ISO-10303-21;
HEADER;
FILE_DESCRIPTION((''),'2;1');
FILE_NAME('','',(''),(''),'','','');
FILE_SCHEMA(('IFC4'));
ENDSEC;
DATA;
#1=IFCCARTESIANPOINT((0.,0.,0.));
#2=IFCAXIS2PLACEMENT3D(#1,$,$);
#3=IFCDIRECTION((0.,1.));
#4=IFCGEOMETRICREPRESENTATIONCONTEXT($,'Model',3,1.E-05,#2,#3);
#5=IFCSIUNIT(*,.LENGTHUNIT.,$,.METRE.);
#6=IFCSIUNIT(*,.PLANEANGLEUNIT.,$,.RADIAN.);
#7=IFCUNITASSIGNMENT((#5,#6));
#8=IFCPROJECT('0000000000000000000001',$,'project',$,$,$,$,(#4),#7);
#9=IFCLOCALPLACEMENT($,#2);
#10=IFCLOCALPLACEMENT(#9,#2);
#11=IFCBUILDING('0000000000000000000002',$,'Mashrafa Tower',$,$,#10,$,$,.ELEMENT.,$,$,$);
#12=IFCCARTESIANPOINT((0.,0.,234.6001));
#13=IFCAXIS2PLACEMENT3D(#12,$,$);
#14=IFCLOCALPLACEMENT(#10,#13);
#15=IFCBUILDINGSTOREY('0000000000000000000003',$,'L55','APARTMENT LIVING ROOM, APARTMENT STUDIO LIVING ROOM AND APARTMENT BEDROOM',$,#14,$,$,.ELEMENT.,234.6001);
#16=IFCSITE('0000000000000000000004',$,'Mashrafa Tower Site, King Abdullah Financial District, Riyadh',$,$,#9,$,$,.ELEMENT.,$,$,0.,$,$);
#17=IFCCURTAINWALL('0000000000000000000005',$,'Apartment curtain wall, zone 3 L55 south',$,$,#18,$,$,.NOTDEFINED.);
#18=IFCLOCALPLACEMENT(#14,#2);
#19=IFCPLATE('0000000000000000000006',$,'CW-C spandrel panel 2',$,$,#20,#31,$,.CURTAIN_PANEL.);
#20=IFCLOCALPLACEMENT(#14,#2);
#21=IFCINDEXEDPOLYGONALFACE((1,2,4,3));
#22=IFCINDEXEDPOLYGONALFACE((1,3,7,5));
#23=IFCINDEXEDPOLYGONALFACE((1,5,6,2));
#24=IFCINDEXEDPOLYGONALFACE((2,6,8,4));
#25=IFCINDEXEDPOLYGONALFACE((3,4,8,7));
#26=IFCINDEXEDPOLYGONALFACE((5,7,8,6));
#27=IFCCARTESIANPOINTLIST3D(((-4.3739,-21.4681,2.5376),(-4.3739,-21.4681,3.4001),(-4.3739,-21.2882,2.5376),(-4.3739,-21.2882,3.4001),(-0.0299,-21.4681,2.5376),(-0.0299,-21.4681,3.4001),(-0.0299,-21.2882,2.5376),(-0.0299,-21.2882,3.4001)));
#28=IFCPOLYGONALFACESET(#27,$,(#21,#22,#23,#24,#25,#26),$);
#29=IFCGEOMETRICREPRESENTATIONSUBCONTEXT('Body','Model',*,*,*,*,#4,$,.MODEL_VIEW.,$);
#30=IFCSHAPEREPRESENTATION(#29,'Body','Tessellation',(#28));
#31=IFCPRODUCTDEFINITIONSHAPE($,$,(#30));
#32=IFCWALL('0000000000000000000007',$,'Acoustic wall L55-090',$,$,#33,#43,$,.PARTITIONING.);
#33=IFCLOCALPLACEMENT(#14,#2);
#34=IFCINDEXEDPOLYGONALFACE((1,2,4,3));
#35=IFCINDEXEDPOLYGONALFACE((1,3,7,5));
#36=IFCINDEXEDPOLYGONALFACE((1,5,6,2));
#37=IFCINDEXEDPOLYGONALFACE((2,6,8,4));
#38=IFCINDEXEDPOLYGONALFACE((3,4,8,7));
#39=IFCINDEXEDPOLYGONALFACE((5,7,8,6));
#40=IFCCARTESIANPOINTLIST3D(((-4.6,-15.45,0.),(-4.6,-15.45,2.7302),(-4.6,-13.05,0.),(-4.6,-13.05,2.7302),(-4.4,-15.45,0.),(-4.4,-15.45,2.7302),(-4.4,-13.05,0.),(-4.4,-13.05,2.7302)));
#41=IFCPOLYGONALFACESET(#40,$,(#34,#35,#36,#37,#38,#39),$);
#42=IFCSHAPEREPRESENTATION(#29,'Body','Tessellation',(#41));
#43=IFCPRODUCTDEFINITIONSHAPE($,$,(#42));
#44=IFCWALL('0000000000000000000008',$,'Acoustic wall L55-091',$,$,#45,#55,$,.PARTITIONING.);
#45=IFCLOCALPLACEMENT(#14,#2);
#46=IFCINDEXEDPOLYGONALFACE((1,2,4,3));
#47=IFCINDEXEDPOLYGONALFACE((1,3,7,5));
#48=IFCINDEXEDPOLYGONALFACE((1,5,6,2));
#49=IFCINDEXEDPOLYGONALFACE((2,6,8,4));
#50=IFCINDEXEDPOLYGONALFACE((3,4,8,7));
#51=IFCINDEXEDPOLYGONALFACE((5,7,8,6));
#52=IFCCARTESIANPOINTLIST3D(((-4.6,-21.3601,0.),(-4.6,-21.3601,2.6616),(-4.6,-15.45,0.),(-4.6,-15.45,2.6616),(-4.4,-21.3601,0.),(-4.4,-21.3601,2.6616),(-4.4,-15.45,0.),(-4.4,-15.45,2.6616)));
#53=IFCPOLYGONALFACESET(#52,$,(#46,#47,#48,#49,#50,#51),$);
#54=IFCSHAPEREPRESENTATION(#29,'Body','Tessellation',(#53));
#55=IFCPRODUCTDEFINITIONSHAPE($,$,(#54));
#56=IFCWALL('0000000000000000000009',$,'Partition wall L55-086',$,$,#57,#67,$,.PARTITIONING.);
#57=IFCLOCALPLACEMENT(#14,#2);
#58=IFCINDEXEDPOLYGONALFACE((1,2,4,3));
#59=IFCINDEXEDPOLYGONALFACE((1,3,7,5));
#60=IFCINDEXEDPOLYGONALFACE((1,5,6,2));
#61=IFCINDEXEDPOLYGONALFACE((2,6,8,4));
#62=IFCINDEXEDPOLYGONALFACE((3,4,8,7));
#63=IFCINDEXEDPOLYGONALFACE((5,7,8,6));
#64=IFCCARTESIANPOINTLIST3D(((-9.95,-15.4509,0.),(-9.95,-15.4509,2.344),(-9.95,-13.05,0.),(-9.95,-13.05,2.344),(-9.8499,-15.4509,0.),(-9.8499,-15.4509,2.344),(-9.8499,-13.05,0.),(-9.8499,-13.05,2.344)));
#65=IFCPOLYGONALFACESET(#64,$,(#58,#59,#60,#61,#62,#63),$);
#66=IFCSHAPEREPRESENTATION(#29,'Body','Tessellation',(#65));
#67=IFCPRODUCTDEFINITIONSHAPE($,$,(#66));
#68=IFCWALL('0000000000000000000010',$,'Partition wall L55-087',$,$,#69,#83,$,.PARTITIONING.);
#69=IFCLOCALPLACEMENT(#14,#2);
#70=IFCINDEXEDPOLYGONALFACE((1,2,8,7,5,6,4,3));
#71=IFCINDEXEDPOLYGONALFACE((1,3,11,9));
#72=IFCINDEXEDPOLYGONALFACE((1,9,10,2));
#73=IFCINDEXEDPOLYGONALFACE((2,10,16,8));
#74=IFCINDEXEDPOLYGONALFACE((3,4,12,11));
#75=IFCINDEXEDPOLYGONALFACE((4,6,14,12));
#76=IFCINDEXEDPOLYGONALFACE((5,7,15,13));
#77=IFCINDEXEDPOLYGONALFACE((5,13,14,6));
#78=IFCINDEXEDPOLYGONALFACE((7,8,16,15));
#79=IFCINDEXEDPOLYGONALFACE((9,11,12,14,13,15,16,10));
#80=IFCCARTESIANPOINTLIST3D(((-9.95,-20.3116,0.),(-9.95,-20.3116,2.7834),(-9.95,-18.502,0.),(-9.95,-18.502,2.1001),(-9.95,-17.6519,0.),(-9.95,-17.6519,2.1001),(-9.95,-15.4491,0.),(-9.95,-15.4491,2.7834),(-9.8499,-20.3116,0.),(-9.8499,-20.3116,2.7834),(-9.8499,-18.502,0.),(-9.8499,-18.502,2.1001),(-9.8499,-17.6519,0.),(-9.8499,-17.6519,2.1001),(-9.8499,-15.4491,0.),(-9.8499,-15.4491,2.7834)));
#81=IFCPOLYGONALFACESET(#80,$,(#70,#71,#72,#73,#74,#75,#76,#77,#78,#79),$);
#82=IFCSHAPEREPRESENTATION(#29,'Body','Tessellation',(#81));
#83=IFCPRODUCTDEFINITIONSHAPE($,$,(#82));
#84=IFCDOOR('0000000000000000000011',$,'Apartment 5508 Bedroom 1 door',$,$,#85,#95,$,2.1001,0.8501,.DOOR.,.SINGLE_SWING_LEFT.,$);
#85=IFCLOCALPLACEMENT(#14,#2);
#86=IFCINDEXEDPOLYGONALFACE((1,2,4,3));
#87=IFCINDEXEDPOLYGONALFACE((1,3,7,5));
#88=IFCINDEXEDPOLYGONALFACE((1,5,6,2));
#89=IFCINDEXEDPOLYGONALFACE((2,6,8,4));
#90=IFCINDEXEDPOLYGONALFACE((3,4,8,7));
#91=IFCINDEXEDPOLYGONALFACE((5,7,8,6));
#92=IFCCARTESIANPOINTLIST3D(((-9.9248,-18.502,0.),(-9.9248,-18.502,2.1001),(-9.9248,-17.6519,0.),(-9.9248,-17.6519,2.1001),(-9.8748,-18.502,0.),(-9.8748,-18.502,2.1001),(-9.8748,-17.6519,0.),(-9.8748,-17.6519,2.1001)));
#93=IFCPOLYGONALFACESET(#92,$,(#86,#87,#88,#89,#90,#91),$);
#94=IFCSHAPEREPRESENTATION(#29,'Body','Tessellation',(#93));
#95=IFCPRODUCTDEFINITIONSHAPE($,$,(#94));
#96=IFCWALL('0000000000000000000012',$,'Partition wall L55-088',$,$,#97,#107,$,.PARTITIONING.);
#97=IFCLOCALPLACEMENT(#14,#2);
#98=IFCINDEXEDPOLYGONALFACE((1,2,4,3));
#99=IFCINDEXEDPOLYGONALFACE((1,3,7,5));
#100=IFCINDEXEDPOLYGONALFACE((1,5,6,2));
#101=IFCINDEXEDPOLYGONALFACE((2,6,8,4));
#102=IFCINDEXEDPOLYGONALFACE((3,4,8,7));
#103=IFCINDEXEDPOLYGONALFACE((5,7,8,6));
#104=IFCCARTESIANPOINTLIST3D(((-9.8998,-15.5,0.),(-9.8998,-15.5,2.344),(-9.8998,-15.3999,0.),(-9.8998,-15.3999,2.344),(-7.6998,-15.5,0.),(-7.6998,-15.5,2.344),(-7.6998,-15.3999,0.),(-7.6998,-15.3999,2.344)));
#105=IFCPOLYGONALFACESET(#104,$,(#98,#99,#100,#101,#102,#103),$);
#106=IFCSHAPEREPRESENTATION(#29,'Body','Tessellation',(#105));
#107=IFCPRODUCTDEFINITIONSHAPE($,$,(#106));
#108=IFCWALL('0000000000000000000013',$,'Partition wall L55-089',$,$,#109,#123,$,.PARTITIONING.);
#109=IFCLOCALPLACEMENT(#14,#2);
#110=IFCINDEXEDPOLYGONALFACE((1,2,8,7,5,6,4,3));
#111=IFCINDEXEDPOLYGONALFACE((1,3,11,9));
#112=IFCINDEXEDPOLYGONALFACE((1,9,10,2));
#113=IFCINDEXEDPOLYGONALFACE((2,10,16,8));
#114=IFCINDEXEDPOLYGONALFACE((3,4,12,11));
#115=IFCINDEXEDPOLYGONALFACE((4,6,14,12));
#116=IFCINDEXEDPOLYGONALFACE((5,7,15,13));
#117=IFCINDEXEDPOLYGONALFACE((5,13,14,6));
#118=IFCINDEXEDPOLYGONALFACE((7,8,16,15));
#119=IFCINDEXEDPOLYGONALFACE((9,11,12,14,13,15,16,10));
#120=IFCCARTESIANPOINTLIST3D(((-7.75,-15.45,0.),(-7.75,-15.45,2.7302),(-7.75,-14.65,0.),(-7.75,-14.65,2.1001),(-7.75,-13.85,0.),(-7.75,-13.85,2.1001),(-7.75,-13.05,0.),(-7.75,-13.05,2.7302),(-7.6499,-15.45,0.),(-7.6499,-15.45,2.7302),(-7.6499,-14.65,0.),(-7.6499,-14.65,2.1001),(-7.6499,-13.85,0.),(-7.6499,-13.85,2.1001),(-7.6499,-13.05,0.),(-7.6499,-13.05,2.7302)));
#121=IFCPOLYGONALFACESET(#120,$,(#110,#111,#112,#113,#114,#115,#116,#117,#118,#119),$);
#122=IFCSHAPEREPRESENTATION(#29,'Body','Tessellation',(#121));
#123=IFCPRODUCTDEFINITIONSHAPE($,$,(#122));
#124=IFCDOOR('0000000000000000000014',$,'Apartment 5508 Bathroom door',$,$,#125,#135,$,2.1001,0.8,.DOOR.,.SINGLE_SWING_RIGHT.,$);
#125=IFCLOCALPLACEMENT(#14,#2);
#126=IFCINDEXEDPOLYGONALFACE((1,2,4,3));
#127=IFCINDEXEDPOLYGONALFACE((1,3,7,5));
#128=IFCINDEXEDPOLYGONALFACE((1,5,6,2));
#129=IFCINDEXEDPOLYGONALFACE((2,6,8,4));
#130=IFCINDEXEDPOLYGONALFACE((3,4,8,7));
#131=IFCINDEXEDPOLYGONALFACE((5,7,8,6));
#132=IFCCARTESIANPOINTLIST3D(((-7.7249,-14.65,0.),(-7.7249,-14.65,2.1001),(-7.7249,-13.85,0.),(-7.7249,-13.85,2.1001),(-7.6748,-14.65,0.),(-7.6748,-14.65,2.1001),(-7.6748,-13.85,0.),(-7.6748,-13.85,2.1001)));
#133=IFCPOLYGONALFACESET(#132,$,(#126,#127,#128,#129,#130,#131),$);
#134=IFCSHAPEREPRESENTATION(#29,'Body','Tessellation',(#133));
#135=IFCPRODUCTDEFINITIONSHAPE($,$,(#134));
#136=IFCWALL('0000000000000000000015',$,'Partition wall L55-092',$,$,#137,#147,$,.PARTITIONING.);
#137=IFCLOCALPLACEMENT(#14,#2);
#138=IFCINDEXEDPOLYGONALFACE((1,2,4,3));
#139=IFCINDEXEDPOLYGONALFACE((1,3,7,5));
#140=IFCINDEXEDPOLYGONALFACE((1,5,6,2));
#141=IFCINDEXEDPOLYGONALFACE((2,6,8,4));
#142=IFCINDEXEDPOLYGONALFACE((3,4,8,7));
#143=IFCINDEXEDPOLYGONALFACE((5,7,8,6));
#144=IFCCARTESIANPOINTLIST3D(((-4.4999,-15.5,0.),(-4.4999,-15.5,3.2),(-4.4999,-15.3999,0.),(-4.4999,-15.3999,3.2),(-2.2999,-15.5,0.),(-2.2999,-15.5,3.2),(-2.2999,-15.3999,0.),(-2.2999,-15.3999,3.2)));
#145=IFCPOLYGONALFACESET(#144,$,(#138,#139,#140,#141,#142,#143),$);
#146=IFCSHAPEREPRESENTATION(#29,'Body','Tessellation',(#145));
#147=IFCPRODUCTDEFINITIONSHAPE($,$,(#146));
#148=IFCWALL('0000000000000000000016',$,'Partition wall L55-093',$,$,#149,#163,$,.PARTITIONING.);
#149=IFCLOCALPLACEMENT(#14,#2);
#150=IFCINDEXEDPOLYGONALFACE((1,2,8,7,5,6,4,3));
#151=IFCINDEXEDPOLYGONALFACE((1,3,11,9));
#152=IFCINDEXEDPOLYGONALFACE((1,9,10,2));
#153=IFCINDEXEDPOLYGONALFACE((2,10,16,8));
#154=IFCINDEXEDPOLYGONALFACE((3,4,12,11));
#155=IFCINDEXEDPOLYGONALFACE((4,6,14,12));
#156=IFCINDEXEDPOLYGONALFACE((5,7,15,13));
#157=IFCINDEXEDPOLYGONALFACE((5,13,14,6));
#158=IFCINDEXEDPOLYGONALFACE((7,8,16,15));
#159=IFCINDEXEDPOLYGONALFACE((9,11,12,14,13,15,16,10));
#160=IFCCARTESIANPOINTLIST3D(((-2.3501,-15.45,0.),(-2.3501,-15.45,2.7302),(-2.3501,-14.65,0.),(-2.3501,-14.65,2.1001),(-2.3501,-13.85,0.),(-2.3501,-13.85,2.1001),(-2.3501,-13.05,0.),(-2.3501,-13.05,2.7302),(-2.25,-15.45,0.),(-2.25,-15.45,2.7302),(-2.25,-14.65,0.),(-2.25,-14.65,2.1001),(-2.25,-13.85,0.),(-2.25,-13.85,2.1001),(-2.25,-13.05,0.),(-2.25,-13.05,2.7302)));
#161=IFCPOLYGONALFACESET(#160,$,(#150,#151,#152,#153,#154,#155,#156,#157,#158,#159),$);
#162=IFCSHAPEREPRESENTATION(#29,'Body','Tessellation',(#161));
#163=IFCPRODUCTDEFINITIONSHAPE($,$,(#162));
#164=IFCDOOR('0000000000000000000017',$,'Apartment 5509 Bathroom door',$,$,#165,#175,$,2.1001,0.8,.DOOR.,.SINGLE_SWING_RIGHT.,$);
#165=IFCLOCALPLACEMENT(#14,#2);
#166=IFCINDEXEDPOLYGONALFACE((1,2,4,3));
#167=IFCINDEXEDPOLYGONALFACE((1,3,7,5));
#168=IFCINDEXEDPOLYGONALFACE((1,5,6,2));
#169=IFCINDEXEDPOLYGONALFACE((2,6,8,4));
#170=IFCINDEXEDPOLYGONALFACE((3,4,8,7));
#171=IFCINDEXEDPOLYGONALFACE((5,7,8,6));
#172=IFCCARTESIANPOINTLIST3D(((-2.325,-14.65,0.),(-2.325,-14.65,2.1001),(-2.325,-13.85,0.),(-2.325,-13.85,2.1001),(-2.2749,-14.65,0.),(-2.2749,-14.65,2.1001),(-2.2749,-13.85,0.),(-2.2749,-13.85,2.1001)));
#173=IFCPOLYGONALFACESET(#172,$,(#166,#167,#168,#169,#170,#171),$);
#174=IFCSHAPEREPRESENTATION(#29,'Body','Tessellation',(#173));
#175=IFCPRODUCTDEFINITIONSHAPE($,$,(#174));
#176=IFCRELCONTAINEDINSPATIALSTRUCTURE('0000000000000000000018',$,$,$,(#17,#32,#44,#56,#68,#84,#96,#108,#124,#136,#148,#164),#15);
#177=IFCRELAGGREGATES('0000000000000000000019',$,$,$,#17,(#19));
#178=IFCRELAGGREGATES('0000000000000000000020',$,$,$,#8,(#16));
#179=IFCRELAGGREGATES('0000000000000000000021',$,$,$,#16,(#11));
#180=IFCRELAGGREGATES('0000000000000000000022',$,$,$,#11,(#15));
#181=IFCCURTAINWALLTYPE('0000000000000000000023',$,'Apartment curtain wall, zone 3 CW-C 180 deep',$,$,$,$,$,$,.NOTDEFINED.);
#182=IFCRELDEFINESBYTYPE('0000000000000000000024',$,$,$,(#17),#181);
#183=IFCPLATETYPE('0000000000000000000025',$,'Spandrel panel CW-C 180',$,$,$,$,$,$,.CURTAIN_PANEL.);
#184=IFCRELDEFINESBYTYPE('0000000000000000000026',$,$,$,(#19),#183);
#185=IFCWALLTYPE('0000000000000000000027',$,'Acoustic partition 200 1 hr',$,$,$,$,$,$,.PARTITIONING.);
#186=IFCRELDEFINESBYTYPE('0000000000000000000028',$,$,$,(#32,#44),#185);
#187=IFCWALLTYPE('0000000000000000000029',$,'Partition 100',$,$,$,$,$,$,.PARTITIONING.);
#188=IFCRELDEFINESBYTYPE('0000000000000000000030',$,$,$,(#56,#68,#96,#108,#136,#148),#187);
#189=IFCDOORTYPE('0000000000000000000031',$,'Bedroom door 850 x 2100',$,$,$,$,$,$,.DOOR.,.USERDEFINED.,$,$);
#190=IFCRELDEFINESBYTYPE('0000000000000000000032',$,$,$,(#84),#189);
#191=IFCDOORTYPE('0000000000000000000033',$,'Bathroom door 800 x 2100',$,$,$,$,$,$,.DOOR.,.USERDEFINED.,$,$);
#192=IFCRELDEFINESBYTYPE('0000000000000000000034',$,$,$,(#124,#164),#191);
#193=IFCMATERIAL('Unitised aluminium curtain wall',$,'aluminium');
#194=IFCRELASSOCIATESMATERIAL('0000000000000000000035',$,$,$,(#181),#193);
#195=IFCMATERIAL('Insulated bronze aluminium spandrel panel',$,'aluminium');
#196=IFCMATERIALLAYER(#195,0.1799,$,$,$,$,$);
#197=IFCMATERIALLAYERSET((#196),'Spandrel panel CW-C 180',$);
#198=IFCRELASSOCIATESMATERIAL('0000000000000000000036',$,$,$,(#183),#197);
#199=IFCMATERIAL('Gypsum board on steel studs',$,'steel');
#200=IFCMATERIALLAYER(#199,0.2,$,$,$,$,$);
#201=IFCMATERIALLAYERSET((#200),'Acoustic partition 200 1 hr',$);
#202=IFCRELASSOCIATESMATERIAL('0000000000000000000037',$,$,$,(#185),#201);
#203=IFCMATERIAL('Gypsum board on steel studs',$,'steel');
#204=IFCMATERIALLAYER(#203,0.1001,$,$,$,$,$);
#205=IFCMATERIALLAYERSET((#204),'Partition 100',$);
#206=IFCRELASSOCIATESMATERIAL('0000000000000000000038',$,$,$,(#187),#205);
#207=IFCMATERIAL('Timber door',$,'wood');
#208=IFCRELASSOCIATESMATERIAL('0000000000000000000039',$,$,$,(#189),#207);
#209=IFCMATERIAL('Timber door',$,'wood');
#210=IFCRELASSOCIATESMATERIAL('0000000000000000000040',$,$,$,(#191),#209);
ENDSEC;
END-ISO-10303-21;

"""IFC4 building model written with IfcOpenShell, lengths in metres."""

from ifc_helpers import new_model, si_unit, direction, frame, frame_2d, origin, origin_2d, place, context, subcontext, project, spatial, rectangle, extrude, source, transform, mapped, material, layer, layer_set, type_object, element, fill, aggregate, save


model = new_model("IFC4")

# Units and contexts
model_context = context("Model", 3, precision=1e-05, world=origin(), true_north=direction((0.0, 1.0)))
body_context = subcontext(model_context, "Body", "Model", "MODEL_VIEW")
ifc_project = project(units=[si_unit("LENGTHUNIT", "METRE"), si_unit("PLANEANGLEUNIT", "RADIAN")], contexts=[model_context])

# Site, building, storey
site_placement = place(None, origin())
site = spatial("IfcSite", under=ifc_project, at=site_placement, Name="Mashrafa Tower Site, King Abdullah Financial District, Riyadh", CompositionType="ELEMENT", RefElevation=0.0)
building_placement = place(site_placement, origin())
building = spatial("IfcBuilding", under=site, at=building_placement, Name="Mashrafa Tower", CompositionType="ELEMENT")
storey_placement = place(building_placement, frame((0.0, 0.0, 234.6001)))
storey = spatial("IfcBuildingStorey", under=building, at=storey_placement, Name="L55", Description="APARTMENT LIVING ROOM, APARTMENT STUDIO LIVING ROOM AND APARTMENT BEDROOM", CompositionType="ELEMENT", Elevation=234.6001)

# Shared definitions
ifc_material_1 = material(Name="Unitised aluminium curtain wall", Category="aluminium")
curtain_wall_type = type_object("IfcCurtainWallType", Name="Apartment curtain wall, zone 3 CW-C 180 deep", PredefinedType="NOTDEFINED", material=ifc_material_1)

# Curtain wall
curtain_wall_1_placement = place(storey_placement, origin())
curtain_wall_1 = element("IfcCurtainWall", 1, at=curtain_wall_1_placement, inside=storey, type_object=curtain_wall_type, Name="Apartment curtain wall, zone 3 L55 south", PredefinedType="NOTDEFINED")

# Plate
ifc_material_2 = material(Name="Insulated bronze aluminium spandrel panel", Category="aluminium")
ifc_layer_1 = layer(ifc_material_2, 0.1799)
ifc_layer_set_1 = layer_set([ifc_layer_1], Name="Spandrel panel CW-C 180")
plate_type_1 = type_object("IfcPlateType", Name="Spandrel panel CW-C 180", PredefinedType="CURTAIN_PANEL", material=ifc_layer_set_1)
shared_shape_1 = source(origin(), body_context, "Body", "SweptSolid", [
    extrude(rectangle(XDim=4.344, YDim=0.1799, at=origin_2d()), origin(), (0.0, 0.0, 1.0), 0.8625),
])
plate_1_placement = place(storey_placement, frame((-2.2019, -21.3782, 2.5376), z_axis=(0.0, 0.0, 1.0), x_axis=(1.0, 0.0, 0.0)))
plate_1 = element("IfcPlate", 2, at=plate_1_placement, type_object=plate_type_1, Name="CW-C spandrel panel 2", PredefinedType="CURTAIN_PANEL", context=body_context, shape_type="MappedRepresentation", body=[
    mapped(shared_shape_1, transform((0.0, 0.0, 0.0))),
])
aggregate(curtain_wall_1, [plate_1])

# Walls
ifc_material_3 = material(Name="Gypsum board on steel studs", Category="steel")
ifc_layer_2 = layer(ifc_material_3, 0.2)
ifc_layer_set_2 = layer_set([ifc_layer_2], Name="Acoustic partition 200 1 hr")
wall_type_1 = type_object("IfcWallType", Name="Acoustic partition 200 1 hr", PredefinedType="PARTITIONING", material=ifc_layer_set_2)
wall_1_placement = place(storey_placement, frame((-4.5, -15.45, 0.0), z_axis=(0.0, 0.0, 1.0), x_axis=(0.0, 1.0, 0.0)))
element("IfcWall", 3, at=wall_1_placement, inside=storey, type_object=wall_type_1, Name="Acoustic wall L55-090", PredefinedType="PARTITIONING", context=body_context, shape_type="SweptSolid", body=[
    extrude(rectangle(XDim=2.3999, YDim=0.2, at=frame_2d((1.2, 0.0))), origin(), (0.0, 0.0, 1.0), 2.7302),
])
wall_2_placement = place(storey_placement, frame((-4.5, -21.3601, 0.0), z_axis=(0.0, 0.0, 1.0), x_axis=(0.0, 1.0, 0.0)))
element("IfcWall", 4, at=wall_2_placement, inside=storey, type_object=wall_type_1, Name="Acoustic wall L55-091", PredefinedType="PARTITIONING", context=body_context, shape_type="SweptSolid", body=[
    extrude(rectangle(XDim=5.9102, YDim=0.2, at=frame_2d((2.9551, 0.0))), origin(), (0.0, 0.0, 1.0), 2.6616),
])
ifc_material_4 = material(Name="Gypsum board on steel studs", Category="steel")
ifc_layer_3 = layer(ifc_material_4, 0.1001)
ifc_layer_set_3 = layer_set([ifc_layer_3], Name="Partition 100")
wall_type_2 = type_object("IfcWallType", Name="Partition 100", PredefinedType="PARTITIONING", material=ifc_layer_set_3)
wall_3_placement = place(storey_placement, frame((-9.8999, -15.4509, 0.0), z_axis=(0.0, 0.0, 1.0), x_axis=(0.0, 1.0, 0.0)))
element("IfcWall", 5, at=wall_3_placement, inside=storey, type_object=wall_type_2, Name="Partition wall L55-086", PredefinedType="PARTITIONING", context=body_context, shape_type="SweptSolid", body=[
    extrude(rectangle(XDim=2.4009, YDim=0.1001, at=frame_2d((1.2004, 0.0))), origin(), (0.0, 0.0, 1.0), 2.344),
])

# Wall, opening, door
wall_4_placement = place(storey_placement, frame((-9.8999, -20.3115, 0.0), z_axis=(0.0, 0.0, 1.0), x_axis=(0.0, 1.0, 0.0)))
wall_4 = element("IfcWall", 6, at=wall_4_placement, inside=storey, type_object=wall_type_2, Name="Partition wall L55-087", PredefinedType="PARTITIONING", context=body_context, shape_type="SweptSolid", body=[
    extrude(rectangle(XDim=4.8625, YDim=0.1001, at=frame_2d((2.4312, 0.0))), origin(), (0.0, 0.0, 1.0), 2.7834),
])
opening_1_placement = place(wall_4_placement, frame((1.8096, 0.0, 0.0)))
opening_1 = element("IfcOpeningElement", 7, at=opening_1_placement, cuts=wall_4, PredefinedType="OPENING", context=body_context, shape_type="SweptSolid", body=[
    extrude(rectangle(XDim=0.8501, YDim=2.1001, at=frame_2d((0.425, 1.05))), frame((0.0, 0.0601, 0.0), z_axis=(0.0, -1.0, 0.0), x_axis=(1.0, 0.0, 0.0)), (0.0, 0.0, 1.0), 0.1201),
])
ifc_material_5 = material(Name="Timber door", Category="wood")
door_type_1 = type_object("IfcDoorType", Name="Bedroom door 850 x 2100", OperationType="USERDEFINED", PredefinedType="DOOR", material=ifc_material_5)
door_1_placement = place(opening_1_placement, origin())
door_1 = element("IfcDoor", 8, at=door_1_placement, inside=storey, type_object=door_type_1, Name="Apartment 5508 Bedroom 1 door", OperationType="SINGLE_SWING_LEFT", OverallHeight=2.1001, OverallWidth=0.8501, PredefinedType="DOOR", context=body_context, shape_type="SweptSolid", body=[
    extrude(rectangle(XDim=0.8501, YDim=2.1001, at=frame_2d((0.425, 1.05))), frame((0.0, 0.0249, 0.0), z_axis=(0.0, -1.0, 0.0), x_axis=(1.0, 0.0, 0.0)), (0.0, 0.0, 1.0), 0.05),
])
fill(opening_1, door_1)

# Wall
wall_5_placement = place(storey_placement, frame((-9.8999, -15.45, 0.0), z_axis=(0.0, 0.0, 1.0), x_axis=(1.0, 0.0, 0.0)))
element("IfcWall", 9, at=wall_5_placement, inside=storey, type_object=wall_type_2, Name="Partition wall L55-088", PredefinedType="PARTITIONING", context=body_context, shape_type="SweptSolid", body=[
    extrude(rectangle(XDim=2.2, YDim=0.1001, at=frame_2d((1.1001, 0.0))), origin(), (0.0, 0.0, 1.0), 2.344),
])

# Wall, opening, door
wall_6_placement = place(storey_placement, frame((-7.7, -15.45, 0.0), z_axis=(0.0, 0.0, 1.0), x_axis=(0.0, 1.0, 0.0)))
wall_6 = element("IfcWall", 10, at=wall_6_placement, inside=storey, type_object=wall_type_2, Name="Partition wall L55-089", PredefinedType="PARTITIONING", context=body_context, shape_type="SweptSolid", body=[
    extrude(rectangle(XDim=2.3999, YDim=0.1001, at=frame_2d((1.2, 0.0))), origin(), (0.0, 0.0, 1.0), 2.7302),
])
opening_2_placement = place(wall_6_placement, frame((0.8, 0.0, 0.0)))
opening_2 = element("IfcOpeningElement", 11, at=opening_2_placement, cuts=wall_6, PredefinedType="OPENING", context=body_context, shape_type="SweptSolid", body=[
    extrude(rectangle(XDim=0.8, YDim=2.1001, at=frame_2d((0.3999, 1.05))), frame((0.0, 0.0601, 0.0), z_axis=(0.0, -1.0, 0.0), x_axis=(1.0, 0.0, 0.0)), (0.0, 0.0, 1.0), 0.1201),
])
ifc_material_6 = material(Name="Timber door", Category="wood")
door_type_2 = type_object("IfcDoorType", Name="Bathroom door 800 x 2100", OperationType="USERDEFINED", PredefinedType="DOOR", material=ifc_material_6)
door_2_placement = place(opening_2_placement, origin())
door_2 = element("IfcDoor", 12, at=door_2_placement, inside=storey, type_object=door_type_2, Name="Apartment 5508 Bathroom door", OperationType="SINGLE_SWING_RIGHT", OverallHeight=2.1001, OverallWidth=0.8, PredefinedType="DOOR", context=body_context, shape_type="SweptSolid", body=[
    extrude(rectangle(XDim=0.8, YDim=2.1001, at=frame_2d((0.3999, 1.05))), frame((0.0, 0.0249, 0.0), z_axis=(0.0, -1.0, 0.0), x_axis=(1.0, 0.0, 0.0)), (0.0, 0.0, 1.0), 0.05),
])
fill(opening_2, door_2)

# Wall
wall_7_placement = place(storey_placement, frame((-4.5, -15.45, 0.0), z_axis=(0.0, 0.0, 1.0), x_axis=(1.0, 0.0, 0.0)))
element("IfcWall", 13, at=wall_7_placement, inside=storey, type_object=wall_type_2, Name="Partition wall L55-092", PredefinedType="PARTITIONING", context=body_context, shape_type="SweptSolid", body=[
    extrude(rectangle(XDim=2.2, YDim=0.1001, at=frame_2d((1.1001, 0.0))), origin(), (0.0, 0.0, 1.0), 3.2),
])

# Wall, opening, door
wall_8_placement = place(storey_placement, frame((-2.3, -15.45, 0.0), z_axis=(0.0, 0.0, 1.0), x_axis=(0.0, 1.0, 0.0)))
wall_8 = element("IfcWall", 14, at=wall_8_placement, inside=storey, type_object=wall_type_2, Name="Partition wall L55-093", PredefinedType="PARTITIONING", context=body_context, shape_type="SweptSolid", body=[
    extrude(rectangle(XDim=2.3999, YDim=0.1001, at=frame_2d((1.2, 0.0))), origin(), (0.0, 0.0, 1.0), 2.7302),
])
opening_3_placement = place(wall_8_placement, frame((0.8, 0.0, 0.0)))
opening_3 = element("IfcOpeningElement", 15, at=opening_3_placement, cuts=wall_8, PredefinedType="OPENING", context=body_context, shape_type="SweptSolid", body=[
    extrude(rectangle(XDim=0.8, YDim=2.1001, at=frame_2d((0.3999, 1.05))), frame((0.0, 0.0601, 0.0), z_axis=(0.0, -1.0, 0.0), x_axis=(1.0, 0.0, 0.0)), (0.0, 0.0, 1.0), 0.1201),
])
door_3_placement = place(opening_3_placement, origin())
door_3 = element("IfcDoor", 16, at=door_3_placement, inside=storey, type_object=door_type_2, Name="Apartment 5509 Bathroom door", OperationType="SINGLE_SWING_RIGHT", OverallHeight=2.1001, OverallWidth=0.8, PredefinedType="DOOR", context=body_context, shape_type="SweptSolid", body=[
    extrude(rectangle(XDim=0.8, YDim=2.1001, at=frame_2d((0.3999, 1.05))), frame((0.0, 0.0249, 0.0), z_axis=(0.0, -1.0, 0.0), x_axis=(1.0, 0.0, 0.0)), (0.0, 0.0, 1.0), 0.05),
])
fill(opening_3, door_3)

save(model, "model.ifc")
